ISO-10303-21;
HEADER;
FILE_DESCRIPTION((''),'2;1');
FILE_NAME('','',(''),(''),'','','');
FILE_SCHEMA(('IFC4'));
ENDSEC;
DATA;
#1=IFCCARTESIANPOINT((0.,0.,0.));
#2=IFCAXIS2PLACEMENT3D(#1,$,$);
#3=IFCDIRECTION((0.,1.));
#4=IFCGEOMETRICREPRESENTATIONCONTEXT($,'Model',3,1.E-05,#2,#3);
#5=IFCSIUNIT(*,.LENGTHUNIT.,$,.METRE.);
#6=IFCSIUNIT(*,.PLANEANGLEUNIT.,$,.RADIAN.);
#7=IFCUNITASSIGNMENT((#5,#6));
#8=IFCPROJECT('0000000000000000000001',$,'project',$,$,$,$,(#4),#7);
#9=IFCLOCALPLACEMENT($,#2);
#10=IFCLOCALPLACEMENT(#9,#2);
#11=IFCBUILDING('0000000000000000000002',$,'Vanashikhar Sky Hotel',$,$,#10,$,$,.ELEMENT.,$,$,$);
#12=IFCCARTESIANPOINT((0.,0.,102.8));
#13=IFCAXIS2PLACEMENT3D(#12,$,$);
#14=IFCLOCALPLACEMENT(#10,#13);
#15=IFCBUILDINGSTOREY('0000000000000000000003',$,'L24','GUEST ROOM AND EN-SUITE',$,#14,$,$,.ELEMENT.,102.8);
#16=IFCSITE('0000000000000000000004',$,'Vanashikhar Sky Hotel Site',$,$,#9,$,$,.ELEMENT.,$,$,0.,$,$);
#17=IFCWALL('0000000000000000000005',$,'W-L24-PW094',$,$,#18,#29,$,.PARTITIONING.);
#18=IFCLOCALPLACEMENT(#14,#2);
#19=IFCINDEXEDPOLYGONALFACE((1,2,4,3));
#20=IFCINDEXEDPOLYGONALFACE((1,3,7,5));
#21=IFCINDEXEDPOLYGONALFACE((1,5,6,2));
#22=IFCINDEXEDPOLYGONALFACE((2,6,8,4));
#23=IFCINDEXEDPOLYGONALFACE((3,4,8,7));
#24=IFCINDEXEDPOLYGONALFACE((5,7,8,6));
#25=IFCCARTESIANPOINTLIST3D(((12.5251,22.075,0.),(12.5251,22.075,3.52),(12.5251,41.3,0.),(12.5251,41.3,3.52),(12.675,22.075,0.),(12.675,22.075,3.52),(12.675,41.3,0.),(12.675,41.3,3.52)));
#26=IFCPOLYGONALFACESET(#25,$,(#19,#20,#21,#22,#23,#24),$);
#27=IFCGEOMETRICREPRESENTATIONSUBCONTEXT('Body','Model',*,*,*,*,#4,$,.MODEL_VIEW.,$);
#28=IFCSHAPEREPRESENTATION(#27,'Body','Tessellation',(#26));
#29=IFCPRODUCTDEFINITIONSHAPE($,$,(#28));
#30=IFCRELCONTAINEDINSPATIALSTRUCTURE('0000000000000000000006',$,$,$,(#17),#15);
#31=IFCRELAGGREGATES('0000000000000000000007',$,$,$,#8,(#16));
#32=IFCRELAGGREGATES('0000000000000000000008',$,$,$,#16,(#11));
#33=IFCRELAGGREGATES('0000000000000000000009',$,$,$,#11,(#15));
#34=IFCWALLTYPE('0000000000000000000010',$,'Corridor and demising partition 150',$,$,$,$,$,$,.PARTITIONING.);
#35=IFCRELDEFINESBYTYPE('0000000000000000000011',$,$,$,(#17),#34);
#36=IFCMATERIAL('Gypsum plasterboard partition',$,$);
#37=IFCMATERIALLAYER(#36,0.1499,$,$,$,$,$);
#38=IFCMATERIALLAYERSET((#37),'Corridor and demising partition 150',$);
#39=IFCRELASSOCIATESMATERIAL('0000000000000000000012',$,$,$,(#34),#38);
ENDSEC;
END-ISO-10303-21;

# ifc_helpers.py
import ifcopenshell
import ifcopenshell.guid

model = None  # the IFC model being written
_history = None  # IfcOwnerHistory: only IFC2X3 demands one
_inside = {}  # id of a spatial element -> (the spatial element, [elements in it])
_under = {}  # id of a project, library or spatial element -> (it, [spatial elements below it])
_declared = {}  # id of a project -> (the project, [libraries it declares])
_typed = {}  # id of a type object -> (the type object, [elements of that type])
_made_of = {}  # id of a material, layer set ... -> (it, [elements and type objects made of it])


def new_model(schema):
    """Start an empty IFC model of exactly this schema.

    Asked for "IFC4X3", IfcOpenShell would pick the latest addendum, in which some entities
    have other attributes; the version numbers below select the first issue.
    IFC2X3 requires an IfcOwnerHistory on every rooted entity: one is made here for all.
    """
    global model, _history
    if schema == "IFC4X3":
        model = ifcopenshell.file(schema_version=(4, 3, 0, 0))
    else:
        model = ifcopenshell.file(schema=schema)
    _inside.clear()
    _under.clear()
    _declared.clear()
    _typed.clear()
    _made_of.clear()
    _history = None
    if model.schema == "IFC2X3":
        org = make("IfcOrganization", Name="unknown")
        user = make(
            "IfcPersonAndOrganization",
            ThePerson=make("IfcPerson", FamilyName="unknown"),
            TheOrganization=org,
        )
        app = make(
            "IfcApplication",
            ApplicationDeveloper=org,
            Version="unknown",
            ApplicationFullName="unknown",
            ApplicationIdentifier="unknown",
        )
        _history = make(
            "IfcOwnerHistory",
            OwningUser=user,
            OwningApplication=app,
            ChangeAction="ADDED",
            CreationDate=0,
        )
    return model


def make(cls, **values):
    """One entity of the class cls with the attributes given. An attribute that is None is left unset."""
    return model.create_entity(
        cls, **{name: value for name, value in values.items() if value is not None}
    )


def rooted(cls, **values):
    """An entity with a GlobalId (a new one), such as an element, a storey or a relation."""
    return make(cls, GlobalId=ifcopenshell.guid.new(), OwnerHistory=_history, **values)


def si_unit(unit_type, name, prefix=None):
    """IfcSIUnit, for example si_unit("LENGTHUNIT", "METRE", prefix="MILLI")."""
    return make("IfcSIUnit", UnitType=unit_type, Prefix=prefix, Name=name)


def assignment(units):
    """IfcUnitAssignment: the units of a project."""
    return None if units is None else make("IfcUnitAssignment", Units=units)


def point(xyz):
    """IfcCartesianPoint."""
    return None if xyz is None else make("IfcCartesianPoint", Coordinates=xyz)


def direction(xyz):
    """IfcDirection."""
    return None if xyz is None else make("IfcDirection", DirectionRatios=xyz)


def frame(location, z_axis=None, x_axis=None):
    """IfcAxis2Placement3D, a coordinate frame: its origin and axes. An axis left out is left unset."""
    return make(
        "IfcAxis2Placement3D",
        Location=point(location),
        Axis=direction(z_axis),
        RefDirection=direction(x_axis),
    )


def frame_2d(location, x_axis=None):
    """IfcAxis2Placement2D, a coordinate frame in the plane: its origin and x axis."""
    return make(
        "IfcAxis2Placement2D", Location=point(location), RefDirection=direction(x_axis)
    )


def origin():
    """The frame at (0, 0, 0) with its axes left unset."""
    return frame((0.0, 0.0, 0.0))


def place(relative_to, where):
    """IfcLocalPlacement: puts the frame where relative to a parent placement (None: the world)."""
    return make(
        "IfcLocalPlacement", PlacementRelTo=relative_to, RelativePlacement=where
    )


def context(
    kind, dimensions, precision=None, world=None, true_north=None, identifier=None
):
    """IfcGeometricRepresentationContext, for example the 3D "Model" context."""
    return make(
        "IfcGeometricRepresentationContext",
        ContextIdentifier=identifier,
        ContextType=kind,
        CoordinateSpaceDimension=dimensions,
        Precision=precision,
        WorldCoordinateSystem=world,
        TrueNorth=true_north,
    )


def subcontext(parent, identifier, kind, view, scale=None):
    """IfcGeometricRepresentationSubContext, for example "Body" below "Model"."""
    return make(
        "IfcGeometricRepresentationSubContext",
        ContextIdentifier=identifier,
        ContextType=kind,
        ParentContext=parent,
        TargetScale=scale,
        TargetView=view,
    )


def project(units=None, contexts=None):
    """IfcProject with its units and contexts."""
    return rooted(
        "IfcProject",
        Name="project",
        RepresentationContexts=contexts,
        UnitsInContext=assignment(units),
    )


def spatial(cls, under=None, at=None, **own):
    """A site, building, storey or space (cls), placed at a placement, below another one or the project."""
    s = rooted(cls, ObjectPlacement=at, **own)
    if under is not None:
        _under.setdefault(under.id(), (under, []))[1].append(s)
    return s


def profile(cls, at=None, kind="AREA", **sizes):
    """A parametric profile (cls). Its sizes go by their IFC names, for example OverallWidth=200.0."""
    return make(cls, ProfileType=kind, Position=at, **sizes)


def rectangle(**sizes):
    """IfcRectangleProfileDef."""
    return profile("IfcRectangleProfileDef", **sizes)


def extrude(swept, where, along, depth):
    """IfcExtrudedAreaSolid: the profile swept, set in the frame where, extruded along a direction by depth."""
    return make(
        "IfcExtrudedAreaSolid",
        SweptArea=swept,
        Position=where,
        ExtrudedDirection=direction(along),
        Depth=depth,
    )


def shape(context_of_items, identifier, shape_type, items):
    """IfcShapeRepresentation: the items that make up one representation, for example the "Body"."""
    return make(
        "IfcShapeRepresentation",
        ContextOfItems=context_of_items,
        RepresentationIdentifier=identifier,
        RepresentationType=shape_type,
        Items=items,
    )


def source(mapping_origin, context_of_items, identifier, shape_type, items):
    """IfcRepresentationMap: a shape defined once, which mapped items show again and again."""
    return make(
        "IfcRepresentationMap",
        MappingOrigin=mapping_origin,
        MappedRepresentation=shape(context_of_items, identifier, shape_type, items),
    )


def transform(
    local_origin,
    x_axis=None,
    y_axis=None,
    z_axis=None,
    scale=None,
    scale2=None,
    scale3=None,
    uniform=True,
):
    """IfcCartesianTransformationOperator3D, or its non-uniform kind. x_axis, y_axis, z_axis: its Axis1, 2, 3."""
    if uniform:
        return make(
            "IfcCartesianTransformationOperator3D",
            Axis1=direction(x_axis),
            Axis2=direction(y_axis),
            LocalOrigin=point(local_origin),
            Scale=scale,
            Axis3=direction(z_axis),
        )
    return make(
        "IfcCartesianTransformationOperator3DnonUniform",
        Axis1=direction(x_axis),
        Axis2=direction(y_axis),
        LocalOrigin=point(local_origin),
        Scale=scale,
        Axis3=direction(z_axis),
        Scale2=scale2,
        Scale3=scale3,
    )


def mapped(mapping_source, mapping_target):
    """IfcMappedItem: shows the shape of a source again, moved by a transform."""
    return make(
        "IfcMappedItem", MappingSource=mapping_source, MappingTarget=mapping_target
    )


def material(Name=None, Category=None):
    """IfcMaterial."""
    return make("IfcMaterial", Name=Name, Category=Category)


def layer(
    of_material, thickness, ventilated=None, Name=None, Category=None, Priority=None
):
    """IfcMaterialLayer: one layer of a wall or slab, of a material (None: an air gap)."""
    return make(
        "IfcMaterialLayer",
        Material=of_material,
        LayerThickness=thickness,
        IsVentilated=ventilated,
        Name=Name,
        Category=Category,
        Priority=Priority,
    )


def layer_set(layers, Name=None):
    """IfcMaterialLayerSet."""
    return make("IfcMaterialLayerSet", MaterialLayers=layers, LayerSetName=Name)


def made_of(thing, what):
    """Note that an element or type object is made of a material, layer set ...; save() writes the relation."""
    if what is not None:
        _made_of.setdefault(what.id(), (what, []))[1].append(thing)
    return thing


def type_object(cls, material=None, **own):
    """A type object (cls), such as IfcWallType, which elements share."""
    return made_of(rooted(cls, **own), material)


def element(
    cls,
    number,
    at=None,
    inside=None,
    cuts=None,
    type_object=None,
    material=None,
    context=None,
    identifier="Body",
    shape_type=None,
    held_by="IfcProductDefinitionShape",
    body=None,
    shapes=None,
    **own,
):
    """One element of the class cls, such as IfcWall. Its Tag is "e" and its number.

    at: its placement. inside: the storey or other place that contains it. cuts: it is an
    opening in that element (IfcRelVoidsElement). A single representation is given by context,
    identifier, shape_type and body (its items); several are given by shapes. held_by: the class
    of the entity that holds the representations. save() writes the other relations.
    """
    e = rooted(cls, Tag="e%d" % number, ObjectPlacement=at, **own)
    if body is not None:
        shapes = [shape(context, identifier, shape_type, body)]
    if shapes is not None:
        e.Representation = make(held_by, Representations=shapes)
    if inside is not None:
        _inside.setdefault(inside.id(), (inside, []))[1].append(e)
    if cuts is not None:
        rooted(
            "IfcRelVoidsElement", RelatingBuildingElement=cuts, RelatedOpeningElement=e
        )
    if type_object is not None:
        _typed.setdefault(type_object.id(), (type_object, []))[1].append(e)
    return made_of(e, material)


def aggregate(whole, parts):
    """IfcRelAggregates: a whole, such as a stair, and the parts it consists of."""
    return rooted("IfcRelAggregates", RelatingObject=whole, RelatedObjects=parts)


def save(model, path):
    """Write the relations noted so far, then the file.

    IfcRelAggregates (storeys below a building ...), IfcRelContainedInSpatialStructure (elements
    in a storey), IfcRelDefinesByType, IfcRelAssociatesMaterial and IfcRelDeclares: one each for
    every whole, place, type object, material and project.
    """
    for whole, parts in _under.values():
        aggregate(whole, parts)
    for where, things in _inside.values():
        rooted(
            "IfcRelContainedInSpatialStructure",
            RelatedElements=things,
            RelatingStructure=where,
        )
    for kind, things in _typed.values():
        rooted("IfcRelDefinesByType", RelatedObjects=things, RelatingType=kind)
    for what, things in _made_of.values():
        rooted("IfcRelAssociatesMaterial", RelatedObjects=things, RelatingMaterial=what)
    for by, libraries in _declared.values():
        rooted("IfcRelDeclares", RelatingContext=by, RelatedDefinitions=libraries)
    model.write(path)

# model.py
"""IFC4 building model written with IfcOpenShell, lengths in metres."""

from ifc_helpers import new_model, si_unit, direction, frame, frame_2d, origin, place, context, subcontext, project, spatial, rectangle, extrude, source, transform, mapped, material, layer, layer_set, type_object, element, save


model = new_model("IFC4")

# Units and contexts
model_context = context("Model", 3, precision=1e-05, world=origin(), true_north=direction((0.0, 1.0)))
body_context = subcontext(model_context, "Body", "Model", "MODEL_VIEW")
ifc_project = project(units=[si_unit("LENGTHUNIT", "METRE"), si_unit("PLANEANGLEUNIT", "RADIAN")], contexts=[model_context])

# Site, building, storey
site_placement = place(None, origin())
site = spatial("IfcSite", under=ifc_project, at=site_placement, Name="Vanashikhar Sky Hotel Site", CompositionType="ELEMENT", RefElevation=0.0)
building_placement = place(site_placement, origin())
building = spatial("IfcBuilding", under=site, at=building_placement, Name="Vanashikhar Sky Hotel", CompositionType="ELEMENT")
storey_placement = place(building_placement, frame((0.0, 0.0, 102.8)))
storey = spatial("IfcBuildingStorey", under=building, at=storey_placement, Name="L24", Description="GUEST ROOM AND EN-SUITE", CompositionType="ELEMENT", Elevation=102.8)

# Shared definitions
ifc_material_1 = material(Name="Gypsum plasterboard partition")
ifc_layer_1 = layer(ifc_material_1, 0.1499)
ifc_layer_set_1 = layer_set([ifc_layer_1], Name="Corridor and demising partition 150")
wall_type_1 = type_object("IfcWallType", Name="Corridor and demising partition 150", PredefinedType="PARTITIONING", material=ifc_layer_set_1)

# Wall
shared_shape_1 = source(origin(), body_context, "Body", "SweptSolid", [
    extrude(rectangle(XDim=19.2251, YDim=0.1499, at=frame_2d((9.6125, 0.0))), origin(), (0.0, 0.0, 1.0), 3.52),
])
wall_1_placement = place(storey_placement, frame((12.6001, 22.075, 0.0), z_axis=(0.0, 0.0, 1.0), x_axis=(0.0, 1.0, 0.0)))
element("IfcWall", 1, at=wall_1_placement, inside=storey, type_object=wall_type_1, Name="W-L24-PW094", PredefinedType="PARTITIONING", context=body_context, shape_type="MappedRepresentation", body=[
    mapped(shared_shape_1, transform((0.0, 0.0, 0.0), scale=1.0)),
])

save(model, "model.ifc")
